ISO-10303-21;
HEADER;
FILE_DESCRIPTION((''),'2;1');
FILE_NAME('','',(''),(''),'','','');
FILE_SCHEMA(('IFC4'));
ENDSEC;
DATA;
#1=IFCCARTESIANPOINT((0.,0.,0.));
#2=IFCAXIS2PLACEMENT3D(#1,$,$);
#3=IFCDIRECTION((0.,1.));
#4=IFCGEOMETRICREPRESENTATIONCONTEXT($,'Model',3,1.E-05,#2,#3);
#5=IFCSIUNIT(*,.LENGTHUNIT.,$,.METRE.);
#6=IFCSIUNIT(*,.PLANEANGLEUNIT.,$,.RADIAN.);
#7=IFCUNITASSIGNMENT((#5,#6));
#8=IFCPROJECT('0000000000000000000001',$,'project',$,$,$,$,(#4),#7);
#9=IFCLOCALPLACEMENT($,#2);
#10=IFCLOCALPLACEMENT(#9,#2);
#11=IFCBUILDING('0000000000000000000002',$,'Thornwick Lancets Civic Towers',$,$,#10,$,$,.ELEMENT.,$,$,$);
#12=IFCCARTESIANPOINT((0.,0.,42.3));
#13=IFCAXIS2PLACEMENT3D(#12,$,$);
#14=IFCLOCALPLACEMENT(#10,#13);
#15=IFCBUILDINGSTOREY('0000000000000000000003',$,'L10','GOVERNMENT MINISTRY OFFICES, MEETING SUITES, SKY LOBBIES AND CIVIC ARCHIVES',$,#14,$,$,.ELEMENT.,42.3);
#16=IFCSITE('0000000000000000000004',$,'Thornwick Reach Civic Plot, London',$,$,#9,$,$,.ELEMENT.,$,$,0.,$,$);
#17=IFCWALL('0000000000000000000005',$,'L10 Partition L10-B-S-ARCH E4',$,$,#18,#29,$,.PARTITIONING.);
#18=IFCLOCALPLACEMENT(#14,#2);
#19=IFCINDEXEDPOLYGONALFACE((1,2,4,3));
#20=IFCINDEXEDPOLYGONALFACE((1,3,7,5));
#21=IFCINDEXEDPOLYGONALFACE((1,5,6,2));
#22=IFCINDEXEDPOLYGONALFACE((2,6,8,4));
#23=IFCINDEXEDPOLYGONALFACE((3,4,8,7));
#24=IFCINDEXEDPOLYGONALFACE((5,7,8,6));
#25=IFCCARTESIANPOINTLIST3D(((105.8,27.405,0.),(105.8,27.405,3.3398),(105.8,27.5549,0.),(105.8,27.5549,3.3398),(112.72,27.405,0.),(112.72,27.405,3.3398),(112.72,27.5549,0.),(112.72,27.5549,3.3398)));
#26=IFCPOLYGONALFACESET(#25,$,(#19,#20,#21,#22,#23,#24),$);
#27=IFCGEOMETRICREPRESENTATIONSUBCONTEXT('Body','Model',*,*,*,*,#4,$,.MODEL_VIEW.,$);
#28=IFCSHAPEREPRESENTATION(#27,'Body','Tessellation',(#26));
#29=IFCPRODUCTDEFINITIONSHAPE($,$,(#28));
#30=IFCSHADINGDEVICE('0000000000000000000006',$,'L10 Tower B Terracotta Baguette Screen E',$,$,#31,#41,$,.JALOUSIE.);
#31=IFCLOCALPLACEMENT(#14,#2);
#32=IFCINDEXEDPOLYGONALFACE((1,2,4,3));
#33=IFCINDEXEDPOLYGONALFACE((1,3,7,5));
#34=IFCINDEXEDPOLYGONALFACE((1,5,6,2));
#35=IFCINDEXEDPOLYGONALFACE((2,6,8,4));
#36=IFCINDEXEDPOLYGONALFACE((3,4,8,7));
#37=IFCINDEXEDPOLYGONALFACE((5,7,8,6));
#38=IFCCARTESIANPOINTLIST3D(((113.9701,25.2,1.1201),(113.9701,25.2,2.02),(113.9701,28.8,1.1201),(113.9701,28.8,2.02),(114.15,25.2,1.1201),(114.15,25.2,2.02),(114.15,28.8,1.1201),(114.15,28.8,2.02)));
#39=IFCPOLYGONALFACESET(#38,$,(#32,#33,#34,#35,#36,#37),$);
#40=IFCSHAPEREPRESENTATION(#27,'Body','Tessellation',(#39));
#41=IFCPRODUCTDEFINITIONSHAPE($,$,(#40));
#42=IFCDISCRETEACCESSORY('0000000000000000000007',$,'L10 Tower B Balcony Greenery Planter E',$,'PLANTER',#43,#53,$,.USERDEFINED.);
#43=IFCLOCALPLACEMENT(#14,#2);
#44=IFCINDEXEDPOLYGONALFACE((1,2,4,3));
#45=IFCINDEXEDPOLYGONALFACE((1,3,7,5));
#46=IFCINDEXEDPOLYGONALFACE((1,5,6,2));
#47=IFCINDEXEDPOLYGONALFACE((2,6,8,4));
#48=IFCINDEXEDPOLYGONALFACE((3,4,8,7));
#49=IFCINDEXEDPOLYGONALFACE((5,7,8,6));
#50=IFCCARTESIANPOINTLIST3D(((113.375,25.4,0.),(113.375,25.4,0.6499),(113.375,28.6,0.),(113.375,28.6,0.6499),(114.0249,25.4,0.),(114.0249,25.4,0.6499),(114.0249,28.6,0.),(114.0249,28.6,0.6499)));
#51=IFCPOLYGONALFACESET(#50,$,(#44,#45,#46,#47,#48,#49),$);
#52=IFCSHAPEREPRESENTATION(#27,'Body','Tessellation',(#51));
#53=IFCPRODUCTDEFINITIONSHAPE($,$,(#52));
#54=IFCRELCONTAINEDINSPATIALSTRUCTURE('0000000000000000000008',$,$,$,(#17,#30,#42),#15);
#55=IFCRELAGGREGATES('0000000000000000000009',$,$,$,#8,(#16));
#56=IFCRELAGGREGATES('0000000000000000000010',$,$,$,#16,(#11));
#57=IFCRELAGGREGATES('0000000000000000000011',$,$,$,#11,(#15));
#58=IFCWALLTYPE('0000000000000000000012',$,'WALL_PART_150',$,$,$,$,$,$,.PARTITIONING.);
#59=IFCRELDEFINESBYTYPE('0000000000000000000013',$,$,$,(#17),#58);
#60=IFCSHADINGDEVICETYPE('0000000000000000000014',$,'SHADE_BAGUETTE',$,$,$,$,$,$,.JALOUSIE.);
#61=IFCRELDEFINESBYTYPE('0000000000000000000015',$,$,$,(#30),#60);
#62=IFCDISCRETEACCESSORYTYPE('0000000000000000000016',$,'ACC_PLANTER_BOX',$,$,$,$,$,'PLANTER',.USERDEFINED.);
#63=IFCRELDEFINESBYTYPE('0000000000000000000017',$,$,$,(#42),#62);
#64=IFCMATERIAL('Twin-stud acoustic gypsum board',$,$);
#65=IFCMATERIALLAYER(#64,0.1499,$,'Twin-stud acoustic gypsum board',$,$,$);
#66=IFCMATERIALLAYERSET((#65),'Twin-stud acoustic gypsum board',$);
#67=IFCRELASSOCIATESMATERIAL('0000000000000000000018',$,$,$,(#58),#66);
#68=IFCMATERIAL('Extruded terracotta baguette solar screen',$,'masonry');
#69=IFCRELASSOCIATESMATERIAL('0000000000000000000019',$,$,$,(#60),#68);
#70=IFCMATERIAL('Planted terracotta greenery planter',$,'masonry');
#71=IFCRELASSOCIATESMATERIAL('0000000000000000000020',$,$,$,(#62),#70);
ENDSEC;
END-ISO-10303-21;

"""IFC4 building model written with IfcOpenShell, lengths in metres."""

from ifc_helpers import new_model, si_unit, direction, frame, frame_2d, origin, origin_2d, place, context, subcontext, project, spatial, rectangle, extrude, material, layer, layer_set, type_object, element, save


model = new_model("IFC4")

# Units and contexts
model_context = context("Model", 3, precision=1e-05, world=origin(), true_north=direction((0.0, 1.0)))
body_context = subcontext(model_context, "Body", "Model", "MODEL_VIEW")
ifc_project = project(units=[si_unit("LENGTHUNIT", "METRE"), si_unit("PLANEANGLEUNIT", "RADIAN")], contexts=[model_context])

# Site, building, storey
site_placement = place(None, origin())
site = spatial("IfcSite", under=ifc_project, at=site_placement, Name="Thornwick Reach Civic Plot, London", CompositionType="ELEMENT", RefElevation=0.0)
building_placement = place(site_placement, origin())
building = spatial("IfcBuilding", under=site, at=building_placement, Name="Thornwick Lancets Civic Towers", CompositionType="ELEMENT")
storey_placement = place(building_placement, frame((0.0, 0.0, 42.3)))
storey = spatial("IfcBuildingStorey", under=building, at=storey_placement, Name="L10", Description="GOVERNMENT MINISTRY OFFICES, MEETING SUITES, SKY LOBBIES AND CIVIC ARCHIVES", CompositionType="ELEMENT", Elevation=42.3)

# Wall
ifc_material_1 = material(Name="Twin-stud acoustic gypsum board")
ifc_layer_1 = layer(ifc_material_1, 0.1499, Name="Twin-stud acoustic gypsum board")
ifc_layer_set_1 = layer_set([ifc_layer_1], Name="Twin-stud acoustic gypsum board")
wall_type_1 = type_object("IfcWallType", Name="WALL_PART_150", PredefinedType="PARTITIONING", material=ifc_layer_set_1)
wall_1_placement = place(storey_placement, frame((112.72, 27.48, 0.0), z_axis=(0.0, 0.0, 1.0), x_axis=(-1.0, 0.0, 0.0)))
element("IfcWall", 1, at=wall_1_placement, inside=storey, type_object=wall_type_1, Name="L10 Partition L10-B-S-ARCH E4", PredefinedType="PARTITIONING", context=body_context, shape_type="SweptSolid", body=[
    extrude(rectangle(XDim=6.9199, YDim=0.1499, at=frame_2d((3.46, 0.0))), origin(), (0.0, 0.0, 1.0), 3.3398),
])

# Shading device
ifc_material_2 = material(Name="Extruded terracotta baguette solar screen", Category="masonry")
shading_device_type = type_object("IfcShadingDeviceType", Name="SHADE_BAGUETTE", PredefinedType="JALOUSIE", material=ifc_material_2)
shading_device_placement = place(storey_placement, frame((114.0601, 27.0, 1.1201), z_axis=(0.0, 0.0, 1.0), x_axis=(0.0, 1.0, 0.0)))
element("IfcShadingDevice", 2, at=shading_device_placement, inside=storey, type_object=shading_device_type, Name="L10 Tower B Terracotta Baguette Screen E", PredefinedType="JALOUSIE", context=body_context, shape_type="SweptSolid", body=[
    extrude(rectangle(XDim=3.6001, YDim=0.1799, at=origin_2d()), origin(), (0.0, 0.0, 1.0), 0.8999),
])

# Discrete accessory
ifc_material_3 = material(Name="Planted terracotta greenery planter", Category="masonry")
discrete_accessory_type = type_object("IfcDiscreteAccessoryType", Name="ACC_PLANTER_BOX", ElementType="PLANTER", PredefinedType="USERDEFINED", material=ifc_material_3)
discrete_accessory_placement = place(storey_placement, frame((113.7, 27.0, 0.0), z_axis=(0.0, 0.0, 1.0), x_axis=(1.0, 0.0, 0.0)))
element("IfcDiscreteAccessory", 3, at=discrete_accessory_placement, inside=storey, type_object=discrete_accessory_type, Name="L10 Tower B Balcony Greenery Planter E", ObjectType="PLANTER", PredefinedType="USERDEFINED", context=body_context, shape_type="SweptSolid", body=[
    extrude(rectangle(XDim=0.6499, YDim=3.2, at=origin_2d()), origin(), (0.0, 0.0, 1.0), 0.6499),
])

save(model, "model.ifc")
